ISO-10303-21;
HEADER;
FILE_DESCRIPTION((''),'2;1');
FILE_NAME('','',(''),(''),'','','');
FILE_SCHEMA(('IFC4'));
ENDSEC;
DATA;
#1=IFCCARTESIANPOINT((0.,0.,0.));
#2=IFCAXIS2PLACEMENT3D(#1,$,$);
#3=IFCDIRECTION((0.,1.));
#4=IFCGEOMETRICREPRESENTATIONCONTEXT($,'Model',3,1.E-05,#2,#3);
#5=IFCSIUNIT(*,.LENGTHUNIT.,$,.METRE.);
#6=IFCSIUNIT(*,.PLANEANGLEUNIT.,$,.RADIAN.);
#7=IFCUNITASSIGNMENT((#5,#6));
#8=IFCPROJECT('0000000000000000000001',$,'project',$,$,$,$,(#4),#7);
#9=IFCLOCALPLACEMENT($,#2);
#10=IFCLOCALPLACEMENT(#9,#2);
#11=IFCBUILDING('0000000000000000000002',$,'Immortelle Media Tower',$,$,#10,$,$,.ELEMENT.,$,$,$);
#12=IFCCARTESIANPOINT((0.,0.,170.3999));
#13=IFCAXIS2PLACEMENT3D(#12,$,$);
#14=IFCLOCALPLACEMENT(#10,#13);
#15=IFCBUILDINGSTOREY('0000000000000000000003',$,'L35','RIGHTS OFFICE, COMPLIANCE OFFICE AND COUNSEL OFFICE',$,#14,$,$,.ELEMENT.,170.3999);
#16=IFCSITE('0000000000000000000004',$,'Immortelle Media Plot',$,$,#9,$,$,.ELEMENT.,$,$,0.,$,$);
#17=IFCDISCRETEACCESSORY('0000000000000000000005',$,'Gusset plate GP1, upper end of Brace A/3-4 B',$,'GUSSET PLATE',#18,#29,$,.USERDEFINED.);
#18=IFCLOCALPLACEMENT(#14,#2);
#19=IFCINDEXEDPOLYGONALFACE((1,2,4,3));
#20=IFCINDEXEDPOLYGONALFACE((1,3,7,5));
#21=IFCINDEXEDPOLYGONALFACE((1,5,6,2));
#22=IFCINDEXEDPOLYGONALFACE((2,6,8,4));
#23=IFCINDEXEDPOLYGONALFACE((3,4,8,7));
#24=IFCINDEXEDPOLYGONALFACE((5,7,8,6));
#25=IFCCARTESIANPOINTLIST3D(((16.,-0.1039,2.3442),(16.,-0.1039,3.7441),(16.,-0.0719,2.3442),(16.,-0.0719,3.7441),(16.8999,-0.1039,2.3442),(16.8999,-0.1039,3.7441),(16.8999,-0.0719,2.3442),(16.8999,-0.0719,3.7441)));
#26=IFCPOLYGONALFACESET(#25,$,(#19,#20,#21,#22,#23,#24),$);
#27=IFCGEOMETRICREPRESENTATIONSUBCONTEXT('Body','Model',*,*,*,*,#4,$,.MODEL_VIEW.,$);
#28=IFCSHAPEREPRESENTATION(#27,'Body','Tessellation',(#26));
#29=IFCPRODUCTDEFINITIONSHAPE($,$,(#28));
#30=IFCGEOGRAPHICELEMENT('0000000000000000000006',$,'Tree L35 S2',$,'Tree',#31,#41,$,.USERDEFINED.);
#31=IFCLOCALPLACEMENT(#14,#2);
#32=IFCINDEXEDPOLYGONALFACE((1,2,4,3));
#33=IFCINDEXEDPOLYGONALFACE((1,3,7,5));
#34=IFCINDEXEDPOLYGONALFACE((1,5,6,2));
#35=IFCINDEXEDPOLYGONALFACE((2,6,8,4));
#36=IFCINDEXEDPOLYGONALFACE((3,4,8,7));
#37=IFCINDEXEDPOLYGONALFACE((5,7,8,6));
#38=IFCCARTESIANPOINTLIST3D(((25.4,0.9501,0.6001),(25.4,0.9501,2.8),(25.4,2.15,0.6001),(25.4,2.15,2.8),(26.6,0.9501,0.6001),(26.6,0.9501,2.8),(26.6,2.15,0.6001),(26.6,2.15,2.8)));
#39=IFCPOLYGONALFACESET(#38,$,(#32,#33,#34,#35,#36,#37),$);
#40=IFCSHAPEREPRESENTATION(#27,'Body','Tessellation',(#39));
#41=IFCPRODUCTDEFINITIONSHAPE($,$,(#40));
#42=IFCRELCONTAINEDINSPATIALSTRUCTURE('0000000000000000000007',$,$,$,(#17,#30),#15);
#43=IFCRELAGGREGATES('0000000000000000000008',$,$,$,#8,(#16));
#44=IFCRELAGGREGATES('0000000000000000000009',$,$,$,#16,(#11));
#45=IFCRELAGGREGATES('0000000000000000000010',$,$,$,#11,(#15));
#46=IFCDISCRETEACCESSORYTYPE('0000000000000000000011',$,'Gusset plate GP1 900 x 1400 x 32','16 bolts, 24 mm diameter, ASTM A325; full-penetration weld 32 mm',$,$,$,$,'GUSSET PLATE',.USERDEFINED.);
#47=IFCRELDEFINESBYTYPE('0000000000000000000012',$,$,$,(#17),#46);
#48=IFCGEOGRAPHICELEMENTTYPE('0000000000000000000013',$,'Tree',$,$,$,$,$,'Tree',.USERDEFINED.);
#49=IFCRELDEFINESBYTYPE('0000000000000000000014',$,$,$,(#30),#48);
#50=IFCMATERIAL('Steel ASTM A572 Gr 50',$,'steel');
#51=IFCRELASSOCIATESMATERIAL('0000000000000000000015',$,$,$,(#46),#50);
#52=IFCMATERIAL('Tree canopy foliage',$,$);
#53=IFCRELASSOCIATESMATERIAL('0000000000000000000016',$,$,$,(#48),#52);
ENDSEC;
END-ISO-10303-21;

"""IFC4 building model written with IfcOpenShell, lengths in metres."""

from ifc_helpers import new_model, si_unit, direction, frame, origin, origin_2d, place, context, subcontext, project, spatial, rectangle, extrude, material, material_profile, profile_set, type_object, element, save


model = new_model("IFC4")

# Units and contexts
model_context = context("Model", 3, precision=1e-05, world=origin(), true_north=direction((0.0, 1.0)))
body_context = subcontext(model_context, "Body", "Model", "MODEL_VIEW")
ifc_project = project(units=[si_unit("LENGTHUNIT", "METRE"), si_unit("PLANEANGLEUNIT", "RADIAN")], contexts=[model_context])

# Site, building, storey
site_placement = place(None, origin())
site = spatial("IfcSite", under=ifc_project, at=site_placement, Name="Immortelle Media Plot", CompositionType="ELEMENT", RefElevation=0.0)
building_placement = place(site_placement, origin())
building = spatial("IfcBuilding", under=site, at=building_placement, Name="Immortelle Media Tower", CompositionType="ELEMENT")
storey_placement = place(building_placement, frame((0.0, 0.0, 170.3999)))
storey = spatial("IfcBuildingStorey", under=building, at=storey_placement, Name="L35", Description="RIGHTS OFFICE, COMPLIANCE OFFICE AND COUNSEL OFFICE", CompositionType="ELEMENT", Elevation=170.3999)

# Discrete accessory
ifc_material_1 = material(Name="Steel ASTM A572 Gr 50", Category="steel")
ifc_material_profile_1 = material_profile(ifc_material_1, rectangle(XDim=0.032, YDim=1.3999, at=origin_2d()), Name="PL 32 x 1400")
ifc_profile_set_1 = profile_set([ifc_material_profile_1], Name="Steel ASTM A572 Gr 50")
discrete_accessory_type_1 = type_object("IfcDiscreteAccessoryType", Name="Gusset plate GP1 900 x 1400 x 32", Description="16 bolts, 24 mm diameter, ASTM A325; full-penetration weld 32 mm", ElementType="GUSSET PLATE", PredefinedType="USERDEFINED", material=ifc_profile_set_1)
for number, where, z_axis, x_axis, name in (
    (1, (16.0, -0.0879, 3.0442), (1.0, 0.0, 0.0), (0.0, 1.0, 0.0), "Gusset plate GP1, upper end of Brace A/3-4 B"),
):
    element("IfcDiscreteAccessory", number, at=place(storey_placement, frame(where, z_axis=z_axis, x_axis=x_axis)), inside=storey, type_object=discrete_accessory_type_1, Name=name, ObjectType="GUSSET PLATE", PredefinedType="USERDEFINED", context=body_context, shape_type="SweptSolid", body=[
        extrude(rectangle(XDim=0.032, YDim=1.3999, at=origin_2d()), origin(), (0.0, 0.0, 1.0), 0.8999),
    ])

# Geographic element
ifc_material_2 = material(Name="Tree canopy foliage")
geographic_element_type = type_object("IfcGeographicElementType", Name="Tree", ElementType="Tree", PredefinedType="USERDEFINED", material=ifc_material_2)
geographic_element_placement = place(storey_placement, frame((26.0, 1.55, 0.6001), z_axis=(0.0, 0.0, 1.0), x_axis=(1.0, 0.0, 0.0)))
element("IfcGeographicElement", 2, at=geographic_element_placement, inside=storey, type_object=geographic_element_type, Name="Tree L35 S2", ObjectType="Tree", PredefinedType="USERDEFINED", context=body_context, shape_type="SweptSolid", body=[
    extrude(rectangle(XDim=1.2, YDim=1.2, at=origin_2d()), origin(), (0.0, 0.0, 1.0), 2.2),
])

save(model, "model.ifc")
